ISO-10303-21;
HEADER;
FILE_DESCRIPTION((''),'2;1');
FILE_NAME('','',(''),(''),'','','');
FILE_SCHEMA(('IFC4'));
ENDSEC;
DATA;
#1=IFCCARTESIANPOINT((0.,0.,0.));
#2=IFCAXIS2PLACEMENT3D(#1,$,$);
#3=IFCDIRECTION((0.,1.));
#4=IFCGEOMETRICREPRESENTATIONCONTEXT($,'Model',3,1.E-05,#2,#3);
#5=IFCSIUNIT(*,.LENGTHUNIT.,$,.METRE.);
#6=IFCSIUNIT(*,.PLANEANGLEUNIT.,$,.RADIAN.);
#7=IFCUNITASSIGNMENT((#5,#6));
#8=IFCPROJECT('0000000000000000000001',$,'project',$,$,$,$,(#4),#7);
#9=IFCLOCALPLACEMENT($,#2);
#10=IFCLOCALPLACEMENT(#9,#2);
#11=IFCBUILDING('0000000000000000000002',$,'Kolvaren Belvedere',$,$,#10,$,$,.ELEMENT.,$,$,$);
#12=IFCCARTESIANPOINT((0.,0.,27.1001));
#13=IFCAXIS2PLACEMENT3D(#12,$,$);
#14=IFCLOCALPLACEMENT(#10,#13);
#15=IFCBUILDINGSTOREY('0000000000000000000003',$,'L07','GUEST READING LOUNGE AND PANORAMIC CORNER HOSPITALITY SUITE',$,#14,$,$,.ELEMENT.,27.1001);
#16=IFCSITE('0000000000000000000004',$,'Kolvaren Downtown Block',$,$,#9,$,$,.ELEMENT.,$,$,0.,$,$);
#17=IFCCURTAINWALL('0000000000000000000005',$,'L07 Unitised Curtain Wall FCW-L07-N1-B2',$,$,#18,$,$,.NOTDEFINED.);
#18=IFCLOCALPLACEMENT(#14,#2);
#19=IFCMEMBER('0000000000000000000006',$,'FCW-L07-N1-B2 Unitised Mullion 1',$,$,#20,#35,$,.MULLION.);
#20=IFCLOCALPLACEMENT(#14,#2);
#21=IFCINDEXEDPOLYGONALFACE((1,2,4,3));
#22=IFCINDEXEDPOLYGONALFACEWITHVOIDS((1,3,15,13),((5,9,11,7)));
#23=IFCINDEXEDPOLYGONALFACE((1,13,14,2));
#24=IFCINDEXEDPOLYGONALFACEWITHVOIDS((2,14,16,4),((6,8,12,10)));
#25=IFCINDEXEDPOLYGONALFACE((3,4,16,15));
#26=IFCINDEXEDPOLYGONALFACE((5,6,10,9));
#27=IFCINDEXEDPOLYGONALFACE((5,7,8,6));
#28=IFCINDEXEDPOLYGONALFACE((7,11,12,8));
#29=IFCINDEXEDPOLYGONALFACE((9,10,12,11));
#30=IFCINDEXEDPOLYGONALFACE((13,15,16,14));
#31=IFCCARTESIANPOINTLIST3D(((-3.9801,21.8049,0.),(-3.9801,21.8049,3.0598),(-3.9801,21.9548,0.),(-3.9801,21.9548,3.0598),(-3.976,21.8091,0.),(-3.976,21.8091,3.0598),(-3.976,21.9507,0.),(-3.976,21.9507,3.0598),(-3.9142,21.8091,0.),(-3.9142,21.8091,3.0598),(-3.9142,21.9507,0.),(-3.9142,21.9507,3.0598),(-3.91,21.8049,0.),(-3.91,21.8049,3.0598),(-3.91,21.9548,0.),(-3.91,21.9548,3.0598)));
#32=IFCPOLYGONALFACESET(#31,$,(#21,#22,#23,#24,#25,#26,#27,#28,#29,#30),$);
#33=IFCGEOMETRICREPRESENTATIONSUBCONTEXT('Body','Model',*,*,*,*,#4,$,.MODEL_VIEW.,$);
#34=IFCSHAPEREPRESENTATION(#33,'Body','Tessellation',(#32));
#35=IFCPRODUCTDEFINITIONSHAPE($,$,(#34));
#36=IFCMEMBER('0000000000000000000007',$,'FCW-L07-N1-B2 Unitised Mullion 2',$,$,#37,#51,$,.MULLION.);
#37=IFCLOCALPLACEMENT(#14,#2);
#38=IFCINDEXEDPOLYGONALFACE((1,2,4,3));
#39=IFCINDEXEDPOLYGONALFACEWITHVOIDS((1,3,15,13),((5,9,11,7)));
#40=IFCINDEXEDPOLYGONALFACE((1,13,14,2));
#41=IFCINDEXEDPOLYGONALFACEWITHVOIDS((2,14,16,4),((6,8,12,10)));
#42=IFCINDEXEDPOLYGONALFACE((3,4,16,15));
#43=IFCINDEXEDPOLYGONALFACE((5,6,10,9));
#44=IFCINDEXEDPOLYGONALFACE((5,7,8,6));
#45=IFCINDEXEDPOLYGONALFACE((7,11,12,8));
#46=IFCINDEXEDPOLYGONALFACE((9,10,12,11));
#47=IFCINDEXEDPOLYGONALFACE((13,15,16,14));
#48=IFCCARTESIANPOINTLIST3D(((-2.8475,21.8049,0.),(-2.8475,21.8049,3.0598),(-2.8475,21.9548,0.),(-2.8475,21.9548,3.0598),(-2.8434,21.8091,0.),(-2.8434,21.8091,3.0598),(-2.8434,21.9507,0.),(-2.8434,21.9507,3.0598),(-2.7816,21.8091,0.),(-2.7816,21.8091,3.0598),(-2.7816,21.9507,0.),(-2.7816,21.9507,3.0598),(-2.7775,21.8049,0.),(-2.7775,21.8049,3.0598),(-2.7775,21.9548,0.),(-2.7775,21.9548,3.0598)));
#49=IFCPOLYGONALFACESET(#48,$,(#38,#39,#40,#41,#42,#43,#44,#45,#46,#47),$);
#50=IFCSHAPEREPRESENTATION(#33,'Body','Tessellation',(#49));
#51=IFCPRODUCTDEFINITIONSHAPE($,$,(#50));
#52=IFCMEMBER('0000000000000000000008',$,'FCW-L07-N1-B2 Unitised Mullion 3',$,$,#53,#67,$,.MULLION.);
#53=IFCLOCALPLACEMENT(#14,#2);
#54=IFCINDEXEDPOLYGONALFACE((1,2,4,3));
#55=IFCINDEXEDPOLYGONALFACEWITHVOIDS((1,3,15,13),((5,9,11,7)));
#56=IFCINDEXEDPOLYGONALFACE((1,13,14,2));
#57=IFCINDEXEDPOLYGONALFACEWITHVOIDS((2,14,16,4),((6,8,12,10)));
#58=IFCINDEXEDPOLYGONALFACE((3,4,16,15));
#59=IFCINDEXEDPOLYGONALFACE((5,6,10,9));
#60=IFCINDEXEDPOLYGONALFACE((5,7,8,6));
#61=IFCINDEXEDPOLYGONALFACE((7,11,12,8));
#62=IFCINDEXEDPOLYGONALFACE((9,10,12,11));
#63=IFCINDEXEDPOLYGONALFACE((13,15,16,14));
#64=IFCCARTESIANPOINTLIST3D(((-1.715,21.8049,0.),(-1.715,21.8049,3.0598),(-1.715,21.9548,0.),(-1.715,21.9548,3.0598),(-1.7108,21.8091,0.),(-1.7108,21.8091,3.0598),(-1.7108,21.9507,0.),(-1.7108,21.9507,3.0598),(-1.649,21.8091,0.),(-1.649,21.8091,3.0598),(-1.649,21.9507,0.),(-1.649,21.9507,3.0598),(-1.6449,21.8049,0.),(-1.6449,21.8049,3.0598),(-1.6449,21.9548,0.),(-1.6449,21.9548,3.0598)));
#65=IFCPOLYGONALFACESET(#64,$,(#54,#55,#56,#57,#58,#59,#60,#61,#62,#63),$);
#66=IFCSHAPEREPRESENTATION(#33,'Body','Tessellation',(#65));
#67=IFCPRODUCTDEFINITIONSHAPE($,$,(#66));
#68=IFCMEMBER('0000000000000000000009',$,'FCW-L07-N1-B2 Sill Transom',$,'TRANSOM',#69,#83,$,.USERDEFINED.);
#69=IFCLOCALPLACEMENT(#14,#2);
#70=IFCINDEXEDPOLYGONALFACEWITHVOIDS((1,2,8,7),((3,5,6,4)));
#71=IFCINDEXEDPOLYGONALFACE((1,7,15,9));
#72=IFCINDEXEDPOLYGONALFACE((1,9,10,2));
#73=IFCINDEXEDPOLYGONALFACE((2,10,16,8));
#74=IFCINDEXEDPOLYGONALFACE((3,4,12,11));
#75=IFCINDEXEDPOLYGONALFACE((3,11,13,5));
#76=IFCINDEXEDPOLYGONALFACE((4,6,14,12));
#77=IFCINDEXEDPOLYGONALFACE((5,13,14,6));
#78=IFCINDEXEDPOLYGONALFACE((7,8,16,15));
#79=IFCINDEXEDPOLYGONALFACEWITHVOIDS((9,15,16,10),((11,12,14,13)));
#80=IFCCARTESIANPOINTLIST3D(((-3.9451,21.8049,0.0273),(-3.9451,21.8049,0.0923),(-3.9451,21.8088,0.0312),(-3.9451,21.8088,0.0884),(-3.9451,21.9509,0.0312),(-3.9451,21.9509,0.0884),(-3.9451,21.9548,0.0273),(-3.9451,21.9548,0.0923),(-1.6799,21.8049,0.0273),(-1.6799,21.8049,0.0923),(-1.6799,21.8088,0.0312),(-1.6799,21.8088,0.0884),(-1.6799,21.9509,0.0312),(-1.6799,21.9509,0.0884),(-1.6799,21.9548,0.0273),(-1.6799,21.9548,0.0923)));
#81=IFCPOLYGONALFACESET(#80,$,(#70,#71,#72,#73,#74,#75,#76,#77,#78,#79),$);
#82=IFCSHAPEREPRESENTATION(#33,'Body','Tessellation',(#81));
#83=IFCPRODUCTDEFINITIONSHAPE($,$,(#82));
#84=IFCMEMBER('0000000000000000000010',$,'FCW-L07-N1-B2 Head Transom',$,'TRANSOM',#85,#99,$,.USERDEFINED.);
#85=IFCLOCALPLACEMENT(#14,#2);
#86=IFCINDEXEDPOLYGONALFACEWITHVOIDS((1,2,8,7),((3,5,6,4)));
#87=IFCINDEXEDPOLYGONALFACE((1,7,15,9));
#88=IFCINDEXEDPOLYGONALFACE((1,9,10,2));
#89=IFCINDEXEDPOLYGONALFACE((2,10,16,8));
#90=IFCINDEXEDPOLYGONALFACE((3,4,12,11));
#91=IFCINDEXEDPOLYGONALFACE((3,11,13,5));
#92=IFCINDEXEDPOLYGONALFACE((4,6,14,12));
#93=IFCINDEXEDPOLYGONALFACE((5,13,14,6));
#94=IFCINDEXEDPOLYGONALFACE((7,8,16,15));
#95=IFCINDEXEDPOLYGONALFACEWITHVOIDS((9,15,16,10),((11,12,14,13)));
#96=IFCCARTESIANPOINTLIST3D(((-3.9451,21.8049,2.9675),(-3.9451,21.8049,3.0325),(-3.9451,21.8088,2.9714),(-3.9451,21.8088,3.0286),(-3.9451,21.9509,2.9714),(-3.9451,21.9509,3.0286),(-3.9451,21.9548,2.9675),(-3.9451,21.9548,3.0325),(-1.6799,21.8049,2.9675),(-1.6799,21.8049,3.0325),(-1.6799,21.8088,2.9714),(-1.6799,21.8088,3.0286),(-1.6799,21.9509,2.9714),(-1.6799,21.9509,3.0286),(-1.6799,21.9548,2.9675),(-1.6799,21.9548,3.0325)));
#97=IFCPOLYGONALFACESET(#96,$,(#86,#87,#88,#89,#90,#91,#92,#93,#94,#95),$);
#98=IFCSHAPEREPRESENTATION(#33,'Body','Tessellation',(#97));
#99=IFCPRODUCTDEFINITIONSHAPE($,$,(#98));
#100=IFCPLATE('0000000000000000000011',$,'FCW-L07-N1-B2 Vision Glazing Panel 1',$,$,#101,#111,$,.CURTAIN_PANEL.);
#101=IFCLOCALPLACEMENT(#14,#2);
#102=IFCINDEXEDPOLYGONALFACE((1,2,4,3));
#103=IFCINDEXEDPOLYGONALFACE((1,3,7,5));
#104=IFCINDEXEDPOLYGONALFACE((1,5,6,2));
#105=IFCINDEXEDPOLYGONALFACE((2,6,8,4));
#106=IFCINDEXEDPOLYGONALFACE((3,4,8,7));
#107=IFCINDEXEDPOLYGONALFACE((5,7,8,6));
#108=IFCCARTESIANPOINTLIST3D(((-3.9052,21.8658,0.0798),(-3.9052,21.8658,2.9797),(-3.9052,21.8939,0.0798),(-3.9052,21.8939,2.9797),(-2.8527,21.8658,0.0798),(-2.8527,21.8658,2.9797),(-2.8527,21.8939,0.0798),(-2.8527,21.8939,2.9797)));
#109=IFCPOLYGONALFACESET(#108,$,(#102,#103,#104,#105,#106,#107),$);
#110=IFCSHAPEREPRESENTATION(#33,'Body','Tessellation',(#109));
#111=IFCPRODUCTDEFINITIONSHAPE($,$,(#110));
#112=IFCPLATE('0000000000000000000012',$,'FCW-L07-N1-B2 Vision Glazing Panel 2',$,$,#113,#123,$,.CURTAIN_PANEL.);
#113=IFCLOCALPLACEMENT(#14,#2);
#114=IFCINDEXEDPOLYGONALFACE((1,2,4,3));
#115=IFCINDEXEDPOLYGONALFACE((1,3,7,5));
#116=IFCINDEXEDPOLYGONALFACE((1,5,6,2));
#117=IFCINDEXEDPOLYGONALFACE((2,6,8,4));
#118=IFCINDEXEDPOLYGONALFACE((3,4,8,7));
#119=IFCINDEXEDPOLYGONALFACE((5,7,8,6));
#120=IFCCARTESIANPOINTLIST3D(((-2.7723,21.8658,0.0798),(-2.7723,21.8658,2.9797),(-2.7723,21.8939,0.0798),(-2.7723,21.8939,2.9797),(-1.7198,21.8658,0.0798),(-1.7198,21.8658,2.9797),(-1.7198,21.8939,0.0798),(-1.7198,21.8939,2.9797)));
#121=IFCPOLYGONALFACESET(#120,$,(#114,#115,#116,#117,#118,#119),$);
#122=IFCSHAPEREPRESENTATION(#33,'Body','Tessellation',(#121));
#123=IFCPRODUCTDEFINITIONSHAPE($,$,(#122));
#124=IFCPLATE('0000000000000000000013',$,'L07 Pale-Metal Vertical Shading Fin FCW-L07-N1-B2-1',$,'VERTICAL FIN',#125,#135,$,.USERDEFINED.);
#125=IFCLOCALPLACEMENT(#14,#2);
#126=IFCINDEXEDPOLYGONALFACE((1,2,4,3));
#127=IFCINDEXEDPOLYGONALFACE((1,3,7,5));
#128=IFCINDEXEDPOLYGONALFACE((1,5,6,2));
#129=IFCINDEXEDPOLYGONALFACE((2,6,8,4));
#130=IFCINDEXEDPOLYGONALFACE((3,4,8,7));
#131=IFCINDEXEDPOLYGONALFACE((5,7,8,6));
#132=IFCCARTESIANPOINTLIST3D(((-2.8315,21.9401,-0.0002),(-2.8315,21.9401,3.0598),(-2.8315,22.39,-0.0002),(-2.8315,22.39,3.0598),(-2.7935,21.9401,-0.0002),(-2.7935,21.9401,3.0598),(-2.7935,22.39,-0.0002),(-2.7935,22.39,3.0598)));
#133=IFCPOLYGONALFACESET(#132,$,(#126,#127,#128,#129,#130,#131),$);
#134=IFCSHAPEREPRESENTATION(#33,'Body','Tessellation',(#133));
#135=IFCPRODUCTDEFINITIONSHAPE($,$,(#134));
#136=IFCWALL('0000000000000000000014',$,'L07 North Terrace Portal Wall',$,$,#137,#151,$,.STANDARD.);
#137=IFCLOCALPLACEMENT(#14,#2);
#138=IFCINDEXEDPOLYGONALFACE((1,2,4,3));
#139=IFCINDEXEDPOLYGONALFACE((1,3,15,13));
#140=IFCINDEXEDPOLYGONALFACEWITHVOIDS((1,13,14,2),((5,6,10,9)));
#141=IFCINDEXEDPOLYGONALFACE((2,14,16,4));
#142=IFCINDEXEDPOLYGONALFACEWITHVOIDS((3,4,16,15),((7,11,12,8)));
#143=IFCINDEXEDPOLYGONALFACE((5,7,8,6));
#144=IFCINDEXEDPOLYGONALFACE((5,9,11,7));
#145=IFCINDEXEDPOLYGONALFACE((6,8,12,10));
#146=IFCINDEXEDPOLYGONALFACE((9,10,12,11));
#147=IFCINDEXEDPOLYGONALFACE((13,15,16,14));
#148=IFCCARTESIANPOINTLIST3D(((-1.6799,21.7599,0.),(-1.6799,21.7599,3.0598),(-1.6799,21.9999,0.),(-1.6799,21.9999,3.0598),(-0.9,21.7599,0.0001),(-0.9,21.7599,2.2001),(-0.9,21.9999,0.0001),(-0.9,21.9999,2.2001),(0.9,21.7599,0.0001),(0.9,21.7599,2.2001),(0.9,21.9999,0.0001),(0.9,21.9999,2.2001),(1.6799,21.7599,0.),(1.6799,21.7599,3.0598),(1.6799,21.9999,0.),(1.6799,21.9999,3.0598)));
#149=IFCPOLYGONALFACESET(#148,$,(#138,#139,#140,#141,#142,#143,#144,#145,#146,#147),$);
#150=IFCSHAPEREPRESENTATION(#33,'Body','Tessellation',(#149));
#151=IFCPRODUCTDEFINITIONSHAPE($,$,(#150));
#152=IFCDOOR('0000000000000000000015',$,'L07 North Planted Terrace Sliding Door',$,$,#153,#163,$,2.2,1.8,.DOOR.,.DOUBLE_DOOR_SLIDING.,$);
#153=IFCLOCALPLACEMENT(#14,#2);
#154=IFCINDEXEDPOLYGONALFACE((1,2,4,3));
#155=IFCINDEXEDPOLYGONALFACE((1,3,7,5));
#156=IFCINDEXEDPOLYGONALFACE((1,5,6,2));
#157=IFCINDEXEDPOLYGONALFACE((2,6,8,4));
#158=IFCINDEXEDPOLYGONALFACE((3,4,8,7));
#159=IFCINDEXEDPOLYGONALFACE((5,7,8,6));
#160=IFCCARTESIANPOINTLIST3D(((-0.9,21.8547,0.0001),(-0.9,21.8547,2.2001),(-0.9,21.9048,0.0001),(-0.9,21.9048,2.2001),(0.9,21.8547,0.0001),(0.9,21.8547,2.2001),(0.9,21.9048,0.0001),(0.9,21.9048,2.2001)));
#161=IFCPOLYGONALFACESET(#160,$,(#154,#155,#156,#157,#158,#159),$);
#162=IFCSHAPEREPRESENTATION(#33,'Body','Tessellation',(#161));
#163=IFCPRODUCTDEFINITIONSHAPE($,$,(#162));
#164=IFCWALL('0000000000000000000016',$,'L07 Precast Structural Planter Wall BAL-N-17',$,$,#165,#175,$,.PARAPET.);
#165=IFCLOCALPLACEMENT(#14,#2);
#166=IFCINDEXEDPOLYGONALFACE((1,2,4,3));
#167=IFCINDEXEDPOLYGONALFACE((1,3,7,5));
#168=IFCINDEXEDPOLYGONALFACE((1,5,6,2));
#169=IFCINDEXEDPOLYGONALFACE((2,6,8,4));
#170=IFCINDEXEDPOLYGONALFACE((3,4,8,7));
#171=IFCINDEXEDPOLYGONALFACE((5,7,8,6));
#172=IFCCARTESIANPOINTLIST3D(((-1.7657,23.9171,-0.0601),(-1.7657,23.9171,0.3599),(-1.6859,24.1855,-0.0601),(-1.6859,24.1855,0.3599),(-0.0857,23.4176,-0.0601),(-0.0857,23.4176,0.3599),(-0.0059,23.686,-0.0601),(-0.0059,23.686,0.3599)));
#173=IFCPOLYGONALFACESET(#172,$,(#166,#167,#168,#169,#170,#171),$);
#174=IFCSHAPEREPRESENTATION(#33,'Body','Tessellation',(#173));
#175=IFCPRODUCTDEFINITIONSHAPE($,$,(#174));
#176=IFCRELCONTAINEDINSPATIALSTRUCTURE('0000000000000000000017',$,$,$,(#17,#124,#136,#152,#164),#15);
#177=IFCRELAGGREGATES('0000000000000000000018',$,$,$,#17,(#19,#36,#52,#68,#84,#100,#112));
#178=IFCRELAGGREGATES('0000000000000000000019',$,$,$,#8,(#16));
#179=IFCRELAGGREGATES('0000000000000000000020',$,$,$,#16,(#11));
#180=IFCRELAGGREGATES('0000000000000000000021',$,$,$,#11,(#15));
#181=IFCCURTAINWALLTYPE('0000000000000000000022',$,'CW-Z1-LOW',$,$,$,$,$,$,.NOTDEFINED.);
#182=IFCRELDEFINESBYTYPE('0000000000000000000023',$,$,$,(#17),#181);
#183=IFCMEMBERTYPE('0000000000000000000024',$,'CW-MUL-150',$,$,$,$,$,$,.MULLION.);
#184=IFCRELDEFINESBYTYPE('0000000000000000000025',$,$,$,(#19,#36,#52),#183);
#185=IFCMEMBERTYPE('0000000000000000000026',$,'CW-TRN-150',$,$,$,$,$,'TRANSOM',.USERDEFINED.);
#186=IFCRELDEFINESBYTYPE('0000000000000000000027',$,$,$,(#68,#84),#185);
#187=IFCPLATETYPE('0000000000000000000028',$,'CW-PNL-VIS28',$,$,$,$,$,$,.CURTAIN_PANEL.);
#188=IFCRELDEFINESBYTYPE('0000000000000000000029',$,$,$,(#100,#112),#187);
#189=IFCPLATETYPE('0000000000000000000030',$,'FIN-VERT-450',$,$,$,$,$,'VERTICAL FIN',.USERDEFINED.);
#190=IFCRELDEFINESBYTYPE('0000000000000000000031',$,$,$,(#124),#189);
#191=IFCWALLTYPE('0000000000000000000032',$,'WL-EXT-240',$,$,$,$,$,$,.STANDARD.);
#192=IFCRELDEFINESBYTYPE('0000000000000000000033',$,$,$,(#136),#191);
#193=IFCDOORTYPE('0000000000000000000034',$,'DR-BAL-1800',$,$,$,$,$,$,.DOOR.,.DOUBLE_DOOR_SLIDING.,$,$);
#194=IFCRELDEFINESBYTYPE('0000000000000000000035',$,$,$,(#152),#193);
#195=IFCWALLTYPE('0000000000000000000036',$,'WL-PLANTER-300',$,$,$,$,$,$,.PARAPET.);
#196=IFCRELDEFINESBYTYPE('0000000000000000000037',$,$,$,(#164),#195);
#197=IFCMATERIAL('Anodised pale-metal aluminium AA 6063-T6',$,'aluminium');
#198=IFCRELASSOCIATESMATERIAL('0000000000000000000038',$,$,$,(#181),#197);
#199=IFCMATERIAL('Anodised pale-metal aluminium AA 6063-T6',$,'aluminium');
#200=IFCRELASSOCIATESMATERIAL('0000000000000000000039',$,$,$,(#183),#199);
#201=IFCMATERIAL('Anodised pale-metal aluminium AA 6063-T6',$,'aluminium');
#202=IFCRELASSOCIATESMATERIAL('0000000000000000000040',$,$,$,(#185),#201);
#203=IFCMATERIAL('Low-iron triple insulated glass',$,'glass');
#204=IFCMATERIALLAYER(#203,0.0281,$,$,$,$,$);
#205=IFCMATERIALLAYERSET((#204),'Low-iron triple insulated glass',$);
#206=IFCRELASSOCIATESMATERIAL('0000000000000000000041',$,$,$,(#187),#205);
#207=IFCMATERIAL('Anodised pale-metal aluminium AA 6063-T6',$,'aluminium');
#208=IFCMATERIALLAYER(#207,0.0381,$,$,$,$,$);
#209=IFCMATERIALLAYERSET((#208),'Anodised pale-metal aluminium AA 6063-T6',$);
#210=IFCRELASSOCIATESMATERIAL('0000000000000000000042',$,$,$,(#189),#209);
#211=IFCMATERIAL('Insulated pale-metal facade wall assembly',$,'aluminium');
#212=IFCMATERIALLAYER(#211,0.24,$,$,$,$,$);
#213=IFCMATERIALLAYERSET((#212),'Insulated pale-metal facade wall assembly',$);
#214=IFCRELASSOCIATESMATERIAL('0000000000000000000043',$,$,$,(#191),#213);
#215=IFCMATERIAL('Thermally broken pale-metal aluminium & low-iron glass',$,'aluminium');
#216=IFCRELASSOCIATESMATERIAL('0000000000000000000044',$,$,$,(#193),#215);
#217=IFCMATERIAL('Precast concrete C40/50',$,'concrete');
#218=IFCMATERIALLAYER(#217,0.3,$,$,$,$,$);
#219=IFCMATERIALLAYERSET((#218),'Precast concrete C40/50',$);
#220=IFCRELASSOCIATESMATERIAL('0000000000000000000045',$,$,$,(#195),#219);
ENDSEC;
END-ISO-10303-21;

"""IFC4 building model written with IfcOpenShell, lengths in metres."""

from ifc_helpers import new_model, si_unit, direction, frame, frame_2d, origin, origin_2d, place, context, subcontext, project, spatial, rectangle, hollow_rectangle, extrude, material, layer, layer_set, material_profile, profile_set, type_object, element, fill, aggregate, save


model = new_model("IFC4")

# Units and contexts
model_context = context("Model", 3, precision=1e-05, world=origin(), true_north=direction((0.0, 1.0)))
body_context = subcontext(model_context, "Body", "Model", "MODEL_VIEW")
ifc_project = project(units=[si_unit("LENGTHUNIT", "METRE"), si_unit("PLANEANGLEUNIT", "RADIAN")], contexts=[model_context])

# Site, building, storey
site_placement = place(None, origin())
site = spatial("IfcSite", under=ifc_project, at=site_placement, Name="Kolvaren Downtown Block", CompositionType="ELEMENT", RefElevation=0.0)
building_placement = place(site_placement, origin())
building = spatial("IfcBuilding", under=site, at=building_placement, Name="Kolvaren Belvedere", CompositionType="ELEMENT")
storey_placement = place(building_placement, frame((0.0, 0.0, 27.1001)))
storey = spatial("IfcBuildingStorey", under=building, at=storey_placement, Name="L07", Description="GUEST READING LOUNGE AND PANORAMIC CORNER HOSPITALITY SUITE", CompositionType="ELEMENT", Elevation=27.1001)

# Shared definitions
ifc_material_1 = material(Name="Anodised pale-metal aluminium AA 6063-T6", Category="aluminium")
curtain_wall_type = type_object("IfcCurtainWallType", Name="CW-Z1-LOW", PredefinedType="NOTDEFINED", material=ifc_material_1)
ifc_material_2 = material(Name="Anodised pale-metal aluminium AA 6063-T6", Category="aluminium")
ifc_material_profile_1 = material_profile(ifc_material_2, hollow_rectangle(XDim=0.0701, YDim=0.1499, WallThickness=0.0042, at=origin_2d()), Name="ALU-MUL-150X70")
ifc_profile_set_1 = profile_set([ifc_material_profile_1], Name="Anodised pale-metal aluminium AA 6063-T6")
member_type_1 = type_object("IfcMemberType", Name="CW-MUL-150", PredefinedType="MULLION", material=ifc_profile_set_1)

# Curtain wall, members, plates
curtain_wall_1_placement = place(storey_placement, origin())
curtain_wall_1 = element("IfcCurtainWall", 1, at=curtain_wall_1_placement, inside=storey, type_object=curtain_wall_type, Name="L07 Unitised Curtain Wall FCW-L07-N1-B2", PredefinedType="NOTDEFINED")
member_1_placement = place(storey_placement, frame((-3.9451, 21.8799, 0.0), z_axis=(0.0, 0.0, 1.0), x_axis=(1.0, 0.0, 0.0)))
member_1 = element("IfcMember", 2, at=member_1_placement, type_object=member_type_1, Name="FCW-L07-N1-B2 Unitised Mullion 1", PredefinedType="MULLION", context=body_context, shape_type="SweptSolid", body=[
    extrude(hollow_rectangle(XDim=0.0701, YDim=0.1499, WallThickness=0.0042, at=origin_2d()), origin(), (0.0, 0.0, 1.0), 3.0598),
])
member_2_placement = place(storey_placement, frame((-2.8125, 21.8799, 0.0), z_axis=(0.0, 0.0, 1.0), x_axis=(1.0, 0.0, 0.0)))
member_2 = element("IfcMember", 3, at=member_2_placement, type_object=member_type_1, Name="FCW-L07-N1-B2 Unitised Mullion 2", PredefinedType="MULLION", context=body_context, shape_type="SweptSolid", body=[
    extrude(hollow_rectangle(XDim=0.0701, YDim=0.1499, WallThickness=0.0042, at=origin_2d()), origin(), (0.0, 0.0, 1.0), 3.0598),
])
member_3_placement = place(storey_placement, frame((-1.6799, 21.8799, 0.0), z_axis=(0.0, 0.0, 1.0), x_axis=(1.0, 0.0, 0.0)))
member_3 = element("IfcMember", 4, at=member_3_placement, type_object=member_type_1, Name="FCW-L07-N1-B2 Unitised Mullion 3", PredefinedType="MULLION", context=body_context, shape_type="SweptSolid", body=[
    extrude(hollow_rectangle(XDim=0.0701, YDim=0.1499, WallThickness=0.0042, at=origin_2d()), origin(), (0.0, 0.0, 1.0), 3.0598),
])
ifc_material_3 = material(Name="Anodised pale-metal aluminium AA 6063-T6", Category="aluminium")
ifc_material_profile_2 = material_profile(ifc_material_3, hollow_rectangle(XDim=0.0649, YDim=0.1499, WallThickness=0.0039, at=origin_2d()), Name="ALU-TRN-150X65")
ifc_profile_set_2 = profile_set([ifc_material_profile_2], Name="Anodised pale-metal aluminium AA 6063-T6")
member_type_2 = type_object("IfcMemberType", Name="CW-TRN-150", ElementType="TRANSOM", PredefinedType="USERDEFINED", material=ifc_profile_set_2)
member_4_placement = place(storey_placement, frame((-3.9451, 21.8799, 0.0598), z_axis=(1.0, 0.0, 0.0), x_axis=(0.0, 0.0, 1.0)))
member_4 = element("IfcMember", 5, at=member_4_placement, type_object=member_type_2, Name="FCW-L07-N1-B2 Sill Transom", ObjectType="TRANSOM", PredefinedType="USERDEFINED", context=body_context, shape_type="SweptSolid", body=[
    extrude(hollow_rectangle(XDim=0.0649, YDim=0.1499, WallThickness=0.0039, at=origin_2d()), origin(), (0.0, 0.0, 1.0), 2.2651),
])
member_5_placement = place(storey_placement, frame((-3.9451, 21.8799, 3.0), z_axis=(1.0, 0.0, 0.0), x_axis=(0.0, 0.0, 1.0)))
member_5 = element("IfcMember", 6, at=member_5_placement, type_object=member_type_2, Name="FCW-L07-N1-B2 Head Transom", ObjectType="TRANSOM", PredefinedType="USERDEFINED", context=body_context, shape_type="SweptSolid", body=[
    extrude(hollow_rectangle(XDim=0.0649, YDim=0.1499, WallThickness=0.0039, at=origin_2d()), origin(), (0.0, 0.0, 1.0), 2.2651),
])
ifc_material_4 = material(Name="Low-iron triple insulated glass", Category="glass")
ifc_layer_1 = layer(ifc_material_4, 0.0281)
ifc_layer_set_1 = layer_set([ifc_layer_1], Name="Low-iron triple insulated glass")
plate_type_1 = type_object("IfcPlateType", Name="CW-PNL-VIS28", PredefinedType="CURTAIN_PANEL", material=ifc_layer_set_1)
plate_1_placement = place(storey_placement, frame((-3.3789, 21.8799, 0.0798), z_axis=(0.0, 0.0, 1.0), x_axis=(1.0, 0.0, 0.0)))
plate_1 = element("IfcPlate", 7, at=plate_1_placement, type_object=plate_type_1, Name="FCW-L07-N1-B2 Vision Glazing Panel 1", PredefinedType="CURTAIN_PANEL", context=body_context, shape_type="SweptSolid", body=[
    extrude(rectangle(XDim=1.0525, YDim=0.0281, at=origin_2d()), origin(), (0.0, 0.0, 1.0), 2.8999),
])
plate_2_placement = place(storey_placement, frame((-2.2461, 21.8799, 0.0798), z_axis=(0.0, 0.0, 1.0), x_axis=(1.0, 0.0, 0.0)))
plate_2 = element("IfcPlate", 8, at=plate_2_placement, type_object=plate_type_1, Name="FCW-L07-N1-B2 Vision Glazing Panel 2", PredefinedType="CURTAIN_PANEL", context=body_context, shape_type="SweptSolid", body=[
    extrude(rectangle(XDim=1.0525, YDim=0.0281, at=origin_2d()), origin(), (0.0, 0.0, 1.0), 2.8999),
])
aggregate(curtain_wall_1, [member_1, member_2, member_3, member_4, member_5, plate_1, plate_2])

# Plate
ifc_material_5 = material(Name="Anodised pale-metal aluminium AA 6063-T6", Category="aluminium")
ifc_layer_2 = layer(ifc_material_5, 0.0381)
ifc_layer_set_2 = layer_set([ifc_layer_2], Name="Anodised pale-metal aluminium AA 6063-T6")
plate_type_2 = type_object("IfcPlateType", Name="FIN-VERT-450", ElementType="VERTICAL FIN", PredefinedType="USERDEFINED", material=ifc_layer_set_2)
plate_3_placement = place(storey_placement, frame((-2.8125, 22.165, -0.0002), z_axis=(0.0, 0.0, 1.0), x_axis=(0.0, 1.0, 0.0)))
element("IfcPlate", 9, at=plate_3_placement, inside=storey, type_object=plate_type_2, Name="L07 Pale-Metal Vertical Shading Fin FCW-L07-N1-B2-1", ObjectType="VERTICAL FIN", PredefinedType="USERDEFINED", context=body_context, shape_type="SweptSolid", body=[
    extrude(rectangle(XDim=0.45, YDim=0.0381, at=origin_2d()), origin(), (0.0, 0.0, 1.0), 3.0601),
])

# Wall, opening, door
ifc_material_6 = material(Name="Insulated pale-metal facade wall assembly", Category="aluminium")
ifc_layer_3 = layer(ifc_material_6, 0.24)
ifc_layer_set_3 = layer_set([ifc_layer_3], Name="Insulated pale-metal facade wall assembly")
wall_type_1 = type_object("IfcWallType", Name="WL-EXT-240", PredefinedType="STANDARD", material=ifc_layer_set_3)
wall_1_placement = place(storey_placement, frame((-1.6799, 21.8799, 0.0), z_axis=(0.0, 0.0, 1.0), x_axis=(1.0, 0.0, 0.0)))
wall_1 = element("IfcWall", 10, at=wall_1_placement, inside=storey, type_object=wall_type_1, Name="L07 North Terrace Portal Wall", PredefinedType="STANDARD", context=body_context, shape_type="SweptSolid", body=[
    extrude(rectangle(XDim=3.3599, YDim=0.24, at=frame_2d((1.6799, 0.0))), origin(), (0.0, 0.0, 1.0), 3.0598),
])
opening_placement = place(wall_1_placement, frame((0.78, 0.0, 0.0)))
opening = element("IfcOpeningElement", 11, at=opening_placement, cuts=wall_1, PredefinedType="OPENING", context=body_context, shape_type="SweptSolid", body=[
    extrude(rectangle(XDim=1.8, YDim=2.2, at=frame_2d((0.8999, 1.1001))), frame((0.0, 0.1299, 0.0), z_axis=(0.0, -1.0, 0.0), x_axis=(1.0, 0.0, 0.0)), (0.0, 0.0, 1.0), 0.26),
])
ifc_material_7 = material(Name="Thermally broken pale-metal aluminium & low-iron glass", Category="aluminium")
door_type = type_object("IfcDoorType", Name="DR-BAL-1800", OperationType="DOUBLE_DOOR_SLIDING", PredefinedType="DOOR", material=ifc_material_7)
door_placement = place(opening_placement, origin())
door = element("IfcDoor", 12, at=door_placement, inside=storey, type_object=door_type, Name="L07 North Planted Terrace Sliding Door", OperationType="DOUBLE_DOOR_SLIDING", OverallHeight=2.2, OverallWidth=1.8, PredefinedType="DOOR", context=body_context, shape_type="SweptSolid", body=[
    extrude(rectangle(XDim=1.8, YDim=2.2, at=frame_2d((0.8999, 1.1001))), frame((0.0, 0.0249, 0.0), z_axis=(0.0, -1.0, 0.0), x_axis=(1.0, 0.0, 0.0)), (0.0, 0.0, 1.0), 0.05),
])
fill(opening, door)

# Wall
ifc_material_8 = material(Name="Precast concrete C40/50", Category="concrete")
ifc_layer_4 = layer(ifc_material_8, 0.3)
ifc_layer_set_4 = layer_set([ifc_layer_4], Name="Precast concrete C40/50")
wall_type_2 = type_object("IfcWallType", Name="WL-PLANTER-300", PredefinedType="PARAPET", material=ifc_layer_set_4)
wall_2_placement = place(storey_placement, frame((-0.0457, 23.5518, -0.0601), z_axis=(0.0, 0.0, 1.0), x_axis=(-0.958525, 0.285008, 0.0)))
element("IfcWall", 13, at=wall_2_placement, inside=storey, type_object=wall_type_2, Name="L07 Precast Structural Planter Wall BAL-N-17", PredefinedType="PARAPET", context=body_context, shape_type="SweptSolid", body=[
    extrude(rectangle(XDim=1.7527, YDim=0.28, at=frame_2d((0.8765, 0.0))), origin(), (0.0, 0.0, 1.0), 0.4199),
])

save(model, "model.ifc")
